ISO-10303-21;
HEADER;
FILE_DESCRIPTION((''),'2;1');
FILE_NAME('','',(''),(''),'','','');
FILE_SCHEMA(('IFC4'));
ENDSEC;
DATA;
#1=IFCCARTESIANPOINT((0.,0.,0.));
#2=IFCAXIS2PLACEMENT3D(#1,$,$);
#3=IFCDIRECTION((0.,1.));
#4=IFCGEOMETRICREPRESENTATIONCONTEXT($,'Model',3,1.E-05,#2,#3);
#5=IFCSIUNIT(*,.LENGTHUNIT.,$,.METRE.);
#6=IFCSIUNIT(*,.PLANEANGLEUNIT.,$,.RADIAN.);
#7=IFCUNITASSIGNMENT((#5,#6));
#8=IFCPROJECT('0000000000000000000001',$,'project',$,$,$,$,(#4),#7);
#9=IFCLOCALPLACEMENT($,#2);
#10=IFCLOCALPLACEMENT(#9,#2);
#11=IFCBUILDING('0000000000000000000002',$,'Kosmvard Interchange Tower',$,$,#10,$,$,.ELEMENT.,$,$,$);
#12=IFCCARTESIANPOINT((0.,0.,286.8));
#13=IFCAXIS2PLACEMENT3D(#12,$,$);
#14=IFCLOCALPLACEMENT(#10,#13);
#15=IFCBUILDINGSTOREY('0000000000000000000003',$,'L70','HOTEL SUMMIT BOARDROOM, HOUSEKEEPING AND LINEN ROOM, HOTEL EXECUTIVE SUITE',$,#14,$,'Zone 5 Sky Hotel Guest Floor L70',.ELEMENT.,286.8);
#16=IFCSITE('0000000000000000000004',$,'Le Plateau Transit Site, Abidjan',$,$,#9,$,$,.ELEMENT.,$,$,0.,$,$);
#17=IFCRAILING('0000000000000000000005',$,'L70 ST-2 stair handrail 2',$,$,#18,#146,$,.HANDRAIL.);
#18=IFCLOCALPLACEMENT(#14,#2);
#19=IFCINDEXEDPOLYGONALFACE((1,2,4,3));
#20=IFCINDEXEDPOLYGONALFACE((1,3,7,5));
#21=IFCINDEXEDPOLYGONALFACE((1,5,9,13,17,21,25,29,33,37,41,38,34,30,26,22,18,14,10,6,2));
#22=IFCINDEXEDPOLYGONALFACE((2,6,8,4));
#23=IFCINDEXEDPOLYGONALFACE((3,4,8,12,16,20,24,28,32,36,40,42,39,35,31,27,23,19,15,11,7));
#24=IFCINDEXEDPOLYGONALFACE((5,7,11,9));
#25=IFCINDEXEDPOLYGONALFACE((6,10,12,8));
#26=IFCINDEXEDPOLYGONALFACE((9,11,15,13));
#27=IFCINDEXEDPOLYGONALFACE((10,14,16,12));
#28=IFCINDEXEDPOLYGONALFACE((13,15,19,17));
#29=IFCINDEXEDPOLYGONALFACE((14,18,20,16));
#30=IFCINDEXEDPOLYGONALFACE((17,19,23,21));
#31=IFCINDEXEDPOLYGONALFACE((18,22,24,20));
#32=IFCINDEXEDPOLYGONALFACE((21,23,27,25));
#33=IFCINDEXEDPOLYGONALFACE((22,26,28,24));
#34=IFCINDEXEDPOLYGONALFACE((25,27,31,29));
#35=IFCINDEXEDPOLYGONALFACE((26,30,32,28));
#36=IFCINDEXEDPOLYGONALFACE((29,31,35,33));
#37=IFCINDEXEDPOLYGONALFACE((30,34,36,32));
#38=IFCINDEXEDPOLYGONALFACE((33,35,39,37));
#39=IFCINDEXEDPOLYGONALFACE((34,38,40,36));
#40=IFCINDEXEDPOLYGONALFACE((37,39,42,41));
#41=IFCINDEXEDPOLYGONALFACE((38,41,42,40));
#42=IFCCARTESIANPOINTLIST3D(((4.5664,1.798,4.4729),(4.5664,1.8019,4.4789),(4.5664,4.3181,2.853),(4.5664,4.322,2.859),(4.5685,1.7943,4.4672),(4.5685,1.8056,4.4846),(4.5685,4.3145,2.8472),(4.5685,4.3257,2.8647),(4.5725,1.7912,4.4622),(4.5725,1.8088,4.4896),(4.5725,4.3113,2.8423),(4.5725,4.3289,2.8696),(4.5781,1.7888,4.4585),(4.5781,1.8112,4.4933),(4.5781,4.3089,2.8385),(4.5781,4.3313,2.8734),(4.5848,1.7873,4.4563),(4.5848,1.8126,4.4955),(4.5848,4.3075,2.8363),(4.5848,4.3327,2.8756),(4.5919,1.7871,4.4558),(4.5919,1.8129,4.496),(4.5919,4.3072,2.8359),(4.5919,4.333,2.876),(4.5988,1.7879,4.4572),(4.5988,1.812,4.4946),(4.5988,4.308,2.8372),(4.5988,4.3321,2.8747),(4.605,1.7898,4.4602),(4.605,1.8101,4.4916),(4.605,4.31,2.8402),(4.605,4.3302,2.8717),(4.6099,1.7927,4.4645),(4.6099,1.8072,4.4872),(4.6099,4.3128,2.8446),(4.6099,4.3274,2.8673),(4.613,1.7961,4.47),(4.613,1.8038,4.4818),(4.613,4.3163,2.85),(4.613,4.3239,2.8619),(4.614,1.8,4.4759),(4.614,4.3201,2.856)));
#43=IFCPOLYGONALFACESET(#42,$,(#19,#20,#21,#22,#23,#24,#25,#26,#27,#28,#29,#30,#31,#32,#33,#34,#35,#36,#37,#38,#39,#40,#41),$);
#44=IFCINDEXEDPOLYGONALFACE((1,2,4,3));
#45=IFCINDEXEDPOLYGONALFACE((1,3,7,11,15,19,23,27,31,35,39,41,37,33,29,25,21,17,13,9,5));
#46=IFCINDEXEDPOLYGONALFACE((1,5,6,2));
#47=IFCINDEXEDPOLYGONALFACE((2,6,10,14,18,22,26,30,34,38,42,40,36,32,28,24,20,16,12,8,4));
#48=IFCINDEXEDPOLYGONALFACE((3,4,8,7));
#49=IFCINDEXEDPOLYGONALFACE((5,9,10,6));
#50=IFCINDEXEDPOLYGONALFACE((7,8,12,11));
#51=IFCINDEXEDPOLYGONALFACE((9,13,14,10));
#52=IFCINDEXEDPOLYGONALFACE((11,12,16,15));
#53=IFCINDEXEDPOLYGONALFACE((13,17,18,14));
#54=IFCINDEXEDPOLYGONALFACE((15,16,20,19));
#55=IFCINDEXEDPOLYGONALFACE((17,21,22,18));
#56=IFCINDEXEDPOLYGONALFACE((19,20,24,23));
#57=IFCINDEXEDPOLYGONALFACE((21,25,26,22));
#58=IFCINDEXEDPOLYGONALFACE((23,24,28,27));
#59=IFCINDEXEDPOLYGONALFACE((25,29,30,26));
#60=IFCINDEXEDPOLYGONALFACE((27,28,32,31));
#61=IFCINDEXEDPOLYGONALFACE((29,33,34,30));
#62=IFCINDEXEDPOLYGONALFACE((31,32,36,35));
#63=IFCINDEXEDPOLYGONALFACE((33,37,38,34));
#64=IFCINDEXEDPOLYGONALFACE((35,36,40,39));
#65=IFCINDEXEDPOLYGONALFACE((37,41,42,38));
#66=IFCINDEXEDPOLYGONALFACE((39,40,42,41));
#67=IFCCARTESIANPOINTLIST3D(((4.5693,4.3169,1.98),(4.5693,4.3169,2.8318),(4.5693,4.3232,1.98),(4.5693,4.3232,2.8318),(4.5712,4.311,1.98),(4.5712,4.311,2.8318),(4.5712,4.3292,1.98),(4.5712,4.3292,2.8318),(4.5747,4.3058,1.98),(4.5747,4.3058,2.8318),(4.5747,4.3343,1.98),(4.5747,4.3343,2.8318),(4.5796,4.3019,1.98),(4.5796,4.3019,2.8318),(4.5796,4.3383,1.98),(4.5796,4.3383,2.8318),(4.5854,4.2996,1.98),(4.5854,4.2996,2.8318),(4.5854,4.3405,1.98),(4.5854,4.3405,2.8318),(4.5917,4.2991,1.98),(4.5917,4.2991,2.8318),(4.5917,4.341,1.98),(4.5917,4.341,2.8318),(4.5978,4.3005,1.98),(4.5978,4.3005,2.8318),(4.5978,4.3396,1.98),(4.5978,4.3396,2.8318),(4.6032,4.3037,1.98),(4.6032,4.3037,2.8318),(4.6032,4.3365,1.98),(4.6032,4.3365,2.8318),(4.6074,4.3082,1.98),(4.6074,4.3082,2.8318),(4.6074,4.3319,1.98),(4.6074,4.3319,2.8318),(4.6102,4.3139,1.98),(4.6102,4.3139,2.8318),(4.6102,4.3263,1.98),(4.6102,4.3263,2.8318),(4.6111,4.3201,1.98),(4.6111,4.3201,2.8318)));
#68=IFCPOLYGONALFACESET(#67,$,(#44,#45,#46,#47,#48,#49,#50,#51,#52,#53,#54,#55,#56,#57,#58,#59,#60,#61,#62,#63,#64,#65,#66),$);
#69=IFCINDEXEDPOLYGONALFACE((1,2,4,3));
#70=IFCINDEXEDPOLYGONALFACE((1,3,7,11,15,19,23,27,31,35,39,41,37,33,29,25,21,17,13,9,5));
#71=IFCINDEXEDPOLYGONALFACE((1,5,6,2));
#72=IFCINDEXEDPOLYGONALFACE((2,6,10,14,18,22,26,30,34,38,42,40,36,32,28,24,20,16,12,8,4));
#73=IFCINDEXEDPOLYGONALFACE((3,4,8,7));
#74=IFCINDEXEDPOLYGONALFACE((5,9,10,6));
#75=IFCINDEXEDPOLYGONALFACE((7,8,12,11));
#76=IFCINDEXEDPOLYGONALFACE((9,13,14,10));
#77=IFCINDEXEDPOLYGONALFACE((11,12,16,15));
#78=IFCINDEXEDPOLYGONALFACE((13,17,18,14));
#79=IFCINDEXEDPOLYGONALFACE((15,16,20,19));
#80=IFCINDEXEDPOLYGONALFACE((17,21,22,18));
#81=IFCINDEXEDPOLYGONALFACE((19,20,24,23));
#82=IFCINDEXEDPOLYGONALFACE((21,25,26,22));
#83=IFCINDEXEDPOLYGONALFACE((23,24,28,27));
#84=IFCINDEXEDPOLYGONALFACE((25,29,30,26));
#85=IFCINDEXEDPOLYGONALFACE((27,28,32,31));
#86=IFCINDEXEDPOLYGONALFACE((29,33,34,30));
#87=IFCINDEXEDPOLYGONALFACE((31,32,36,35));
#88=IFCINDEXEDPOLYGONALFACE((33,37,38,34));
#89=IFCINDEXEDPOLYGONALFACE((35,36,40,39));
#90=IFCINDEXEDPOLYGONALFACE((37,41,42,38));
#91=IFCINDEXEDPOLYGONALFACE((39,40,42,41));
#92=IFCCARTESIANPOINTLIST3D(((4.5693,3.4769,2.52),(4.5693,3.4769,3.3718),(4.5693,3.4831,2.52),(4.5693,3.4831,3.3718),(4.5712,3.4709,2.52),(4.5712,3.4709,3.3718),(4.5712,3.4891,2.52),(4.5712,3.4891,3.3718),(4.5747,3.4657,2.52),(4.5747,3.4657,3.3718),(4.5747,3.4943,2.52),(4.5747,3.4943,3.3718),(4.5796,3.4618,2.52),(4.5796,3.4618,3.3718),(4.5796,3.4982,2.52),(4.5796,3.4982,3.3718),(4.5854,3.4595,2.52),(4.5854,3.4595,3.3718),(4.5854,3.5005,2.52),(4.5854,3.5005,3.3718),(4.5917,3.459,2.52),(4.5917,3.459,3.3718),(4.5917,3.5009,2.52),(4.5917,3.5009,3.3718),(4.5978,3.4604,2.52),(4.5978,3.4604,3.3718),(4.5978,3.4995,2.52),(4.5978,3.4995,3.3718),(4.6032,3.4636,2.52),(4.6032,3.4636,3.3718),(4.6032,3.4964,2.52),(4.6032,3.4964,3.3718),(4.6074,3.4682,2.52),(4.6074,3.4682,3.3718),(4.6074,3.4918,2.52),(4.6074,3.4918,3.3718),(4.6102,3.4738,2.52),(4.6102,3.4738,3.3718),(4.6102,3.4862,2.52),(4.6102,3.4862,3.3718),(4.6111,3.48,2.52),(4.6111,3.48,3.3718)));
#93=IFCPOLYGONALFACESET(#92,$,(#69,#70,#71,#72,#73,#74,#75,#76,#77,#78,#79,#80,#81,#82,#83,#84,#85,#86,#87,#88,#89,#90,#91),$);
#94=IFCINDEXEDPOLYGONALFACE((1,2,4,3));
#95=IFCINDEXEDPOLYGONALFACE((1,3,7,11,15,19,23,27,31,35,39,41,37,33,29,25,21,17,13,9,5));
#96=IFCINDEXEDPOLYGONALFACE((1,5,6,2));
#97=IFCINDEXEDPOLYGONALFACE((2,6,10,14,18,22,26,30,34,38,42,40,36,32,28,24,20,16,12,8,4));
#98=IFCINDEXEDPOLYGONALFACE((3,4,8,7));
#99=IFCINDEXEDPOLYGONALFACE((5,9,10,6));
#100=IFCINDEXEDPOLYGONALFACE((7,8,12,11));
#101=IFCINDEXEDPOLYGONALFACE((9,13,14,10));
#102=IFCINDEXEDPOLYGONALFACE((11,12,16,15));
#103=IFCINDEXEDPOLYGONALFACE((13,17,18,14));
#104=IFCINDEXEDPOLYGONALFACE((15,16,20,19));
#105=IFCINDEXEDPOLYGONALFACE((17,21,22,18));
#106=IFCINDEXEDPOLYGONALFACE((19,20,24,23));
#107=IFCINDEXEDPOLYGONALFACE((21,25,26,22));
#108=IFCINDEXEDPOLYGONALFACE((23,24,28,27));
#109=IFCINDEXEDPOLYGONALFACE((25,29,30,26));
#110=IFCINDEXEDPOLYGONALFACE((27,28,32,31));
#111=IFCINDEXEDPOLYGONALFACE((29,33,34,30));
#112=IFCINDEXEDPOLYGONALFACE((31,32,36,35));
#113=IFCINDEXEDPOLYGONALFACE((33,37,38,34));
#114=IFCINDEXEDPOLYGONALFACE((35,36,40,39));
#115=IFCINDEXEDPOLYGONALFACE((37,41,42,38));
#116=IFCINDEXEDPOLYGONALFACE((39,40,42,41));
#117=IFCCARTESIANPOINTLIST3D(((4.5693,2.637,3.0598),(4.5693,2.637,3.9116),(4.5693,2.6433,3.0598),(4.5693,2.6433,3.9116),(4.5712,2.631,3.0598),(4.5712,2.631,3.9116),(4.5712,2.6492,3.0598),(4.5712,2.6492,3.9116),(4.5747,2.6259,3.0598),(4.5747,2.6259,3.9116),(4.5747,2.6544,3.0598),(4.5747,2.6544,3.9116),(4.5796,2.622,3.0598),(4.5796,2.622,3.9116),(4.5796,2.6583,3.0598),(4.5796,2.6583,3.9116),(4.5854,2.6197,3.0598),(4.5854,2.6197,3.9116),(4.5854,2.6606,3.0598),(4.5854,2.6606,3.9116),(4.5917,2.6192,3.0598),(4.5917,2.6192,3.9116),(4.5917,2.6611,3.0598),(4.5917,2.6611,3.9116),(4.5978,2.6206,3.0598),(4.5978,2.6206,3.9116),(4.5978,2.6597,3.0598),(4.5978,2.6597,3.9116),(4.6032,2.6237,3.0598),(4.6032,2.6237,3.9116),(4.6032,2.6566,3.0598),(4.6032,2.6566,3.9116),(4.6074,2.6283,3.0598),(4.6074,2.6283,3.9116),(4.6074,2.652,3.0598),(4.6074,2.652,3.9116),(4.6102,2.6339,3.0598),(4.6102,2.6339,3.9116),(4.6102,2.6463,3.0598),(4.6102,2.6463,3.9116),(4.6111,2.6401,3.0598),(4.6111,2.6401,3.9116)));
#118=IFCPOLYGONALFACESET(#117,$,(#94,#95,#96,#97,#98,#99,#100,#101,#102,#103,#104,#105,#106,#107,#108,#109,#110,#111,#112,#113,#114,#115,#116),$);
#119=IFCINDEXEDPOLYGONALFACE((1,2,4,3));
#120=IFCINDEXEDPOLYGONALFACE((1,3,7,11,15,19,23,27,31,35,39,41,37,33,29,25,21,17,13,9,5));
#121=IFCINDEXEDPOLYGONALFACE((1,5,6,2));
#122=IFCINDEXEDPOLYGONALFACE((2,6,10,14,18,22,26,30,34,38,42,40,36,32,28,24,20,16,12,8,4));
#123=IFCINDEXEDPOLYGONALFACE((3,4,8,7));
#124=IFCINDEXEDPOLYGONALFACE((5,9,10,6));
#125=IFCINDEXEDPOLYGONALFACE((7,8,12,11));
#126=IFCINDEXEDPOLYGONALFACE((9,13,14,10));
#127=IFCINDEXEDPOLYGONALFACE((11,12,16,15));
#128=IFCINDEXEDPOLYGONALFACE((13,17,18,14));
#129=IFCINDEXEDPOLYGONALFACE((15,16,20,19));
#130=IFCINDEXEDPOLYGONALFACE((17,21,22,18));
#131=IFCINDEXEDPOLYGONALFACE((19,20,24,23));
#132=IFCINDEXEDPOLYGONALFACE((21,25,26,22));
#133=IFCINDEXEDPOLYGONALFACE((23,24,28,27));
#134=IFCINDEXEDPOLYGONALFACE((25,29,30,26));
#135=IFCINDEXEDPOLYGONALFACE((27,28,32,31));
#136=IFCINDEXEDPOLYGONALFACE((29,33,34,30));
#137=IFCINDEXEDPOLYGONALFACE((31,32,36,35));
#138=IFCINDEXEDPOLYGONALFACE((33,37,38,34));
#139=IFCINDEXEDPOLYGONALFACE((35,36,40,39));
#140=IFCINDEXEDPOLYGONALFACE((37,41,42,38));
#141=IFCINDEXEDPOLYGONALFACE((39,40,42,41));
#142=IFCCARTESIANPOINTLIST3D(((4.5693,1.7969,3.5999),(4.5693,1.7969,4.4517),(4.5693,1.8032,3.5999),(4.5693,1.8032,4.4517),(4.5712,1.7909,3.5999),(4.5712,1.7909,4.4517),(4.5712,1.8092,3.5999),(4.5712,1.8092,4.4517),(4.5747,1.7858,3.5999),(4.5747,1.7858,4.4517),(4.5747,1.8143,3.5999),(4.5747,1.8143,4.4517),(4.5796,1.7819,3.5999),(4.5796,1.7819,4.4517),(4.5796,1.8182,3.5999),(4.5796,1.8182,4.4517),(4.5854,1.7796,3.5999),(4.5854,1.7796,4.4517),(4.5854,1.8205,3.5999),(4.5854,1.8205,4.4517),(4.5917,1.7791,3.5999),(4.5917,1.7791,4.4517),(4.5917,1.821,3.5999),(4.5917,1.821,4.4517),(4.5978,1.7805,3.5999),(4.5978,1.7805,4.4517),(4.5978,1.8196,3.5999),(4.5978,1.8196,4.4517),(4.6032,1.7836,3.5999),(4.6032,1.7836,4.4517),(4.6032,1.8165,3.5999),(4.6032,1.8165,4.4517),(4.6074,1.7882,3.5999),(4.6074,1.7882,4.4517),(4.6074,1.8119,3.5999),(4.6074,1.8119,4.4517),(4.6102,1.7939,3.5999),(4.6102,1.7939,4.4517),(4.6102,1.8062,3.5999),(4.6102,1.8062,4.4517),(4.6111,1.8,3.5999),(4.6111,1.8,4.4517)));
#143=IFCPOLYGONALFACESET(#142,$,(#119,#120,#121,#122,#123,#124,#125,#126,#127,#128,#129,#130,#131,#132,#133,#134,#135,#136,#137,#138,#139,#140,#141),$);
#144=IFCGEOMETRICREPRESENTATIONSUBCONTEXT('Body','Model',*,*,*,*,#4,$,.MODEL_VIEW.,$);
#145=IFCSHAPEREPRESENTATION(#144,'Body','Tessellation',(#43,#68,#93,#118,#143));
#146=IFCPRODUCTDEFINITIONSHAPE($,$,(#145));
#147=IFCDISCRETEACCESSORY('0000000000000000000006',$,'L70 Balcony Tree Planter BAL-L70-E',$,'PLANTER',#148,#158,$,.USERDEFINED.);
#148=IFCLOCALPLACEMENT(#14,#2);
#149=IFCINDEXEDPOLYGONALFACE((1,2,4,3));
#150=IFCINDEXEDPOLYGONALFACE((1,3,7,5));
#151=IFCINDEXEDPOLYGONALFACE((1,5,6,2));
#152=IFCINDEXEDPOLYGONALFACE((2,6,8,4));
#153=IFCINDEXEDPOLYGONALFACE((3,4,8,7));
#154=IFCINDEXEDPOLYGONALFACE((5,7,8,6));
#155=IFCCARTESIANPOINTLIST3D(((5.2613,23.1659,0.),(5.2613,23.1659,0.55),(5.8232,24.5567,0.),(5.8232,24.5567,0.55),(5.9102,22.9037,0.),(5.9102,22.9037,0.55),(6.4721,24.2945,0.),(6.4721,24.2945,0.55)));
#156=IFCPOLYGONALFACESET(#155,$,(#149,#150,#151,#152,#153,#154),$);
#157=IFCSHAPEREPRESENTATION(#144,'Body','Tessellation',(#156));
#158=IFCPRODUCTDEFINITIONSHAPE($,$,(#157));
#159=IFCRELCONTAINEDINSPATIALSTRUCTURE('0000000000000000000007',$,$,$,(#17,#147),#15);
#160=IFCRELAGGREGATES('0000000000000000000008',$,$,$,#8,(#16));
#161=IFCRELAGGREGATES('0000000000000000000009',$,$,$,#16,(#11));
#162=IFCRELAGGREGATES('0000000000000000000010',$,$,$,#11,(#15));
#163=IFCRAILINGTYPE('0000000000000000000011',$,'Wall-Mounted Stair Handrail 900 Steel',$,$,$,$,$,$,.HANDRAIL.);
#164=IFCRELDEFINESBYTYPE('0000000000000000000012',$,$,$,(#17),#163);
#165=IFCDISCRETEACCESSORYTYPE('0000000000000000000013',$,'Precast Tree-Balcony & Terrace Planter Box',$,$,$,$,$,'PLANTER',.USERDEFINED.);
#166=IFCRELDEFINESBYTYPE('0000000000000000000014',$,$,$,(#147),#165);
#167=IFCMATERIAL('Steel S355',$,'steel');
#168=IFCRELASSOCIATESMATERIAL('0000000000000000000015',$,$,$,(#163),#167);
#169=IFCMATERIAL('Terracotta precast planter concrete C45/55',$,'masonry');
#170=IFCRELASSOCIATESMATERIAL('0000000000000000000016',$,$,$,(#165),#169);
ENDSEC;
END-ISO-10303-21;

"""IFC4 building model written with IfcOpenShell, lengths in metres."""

from ifc_helpers import new_model, si_unit, direction, frame, origin, origin_2d, place, context, subcontext, project, spatial, rectangle, circle, extrude, source, transform, mapped, material, type_object, element, save


model = new_model("IFC4")

# Units and contexts
model_context = context("Model", 3, precision=1e-05, world=origin(), true_north=direction((0.0, 1.0)))
body_context = subcontext(model_context, "Body", "Model", "MODEL_VIEW")
ifc_project = project(units=[si_unit("LENGTHUNIT", "METRE"), si_unit("PLANEANGLEUNIT", "RADIAN")], contexts=[model_context])

# Site, building, storey
site_placement = place(None, origin())
site = spatial("IfcSite", under=ifc_project, at=site_placement, Name="Le Plateau Transit Site, Abidjan", CompositionType="ELEMENT", RefElevation=0.0)
building_placement = place(site_placement, origin())
building = spatial("IfcBuilding", under=site, at=building_placement, Name="Kosmvard Interchange Tower", CompositionType="ELEMENT")
storey_placement = place(building_placement, frame((0.0, 0.0, 286.8)))
storey = spatial("IfcBuildingStorey", under=building, at=storey_placement, Name="L70", Description="HOTEL SUMMIT BOARDROOM, HOUSEKEEPING AND LINEN ROOM, HOTEL EXECUTIVE SUITE", LongName="Zone 5 Sky Hotel Guest Floor L70", CompositionType="ELEMENT", Elevation=286.8)

# Shared definitions
ifc_material_1 = material(Name="Steel S355", Category="steel")

# Railing
railing_type_1 = type_object("IfcRailingType", Name="Wall-Mounted Stair Handrail 900 Steel", PredefinedType="HANDRAIL", material=ifc_material_1)
shared_shape_1 = source(origin(), body_context, "Body", "SweptSolid", [
    extrude(circle(Radius=0.0239, at=origin_2d()), frame((0.0, 0.0, 0.876), z_axis=(0.0, -0.8412, 0.540725), x_axis=(1.0, 0.0, 0.0)), (0.0, 0.0, 1.0), 2.9958),
    extrude(circle(Radius=0.021, at=origin_2d()), origin(), (0.0, 0.0, 1.0), 0.8518),
    extrude(circle(Radius=0.021, at=origin_2d()), frame((0.0, -0.8401, 0.54)), (0.0, 0.0, 1.0), 0.8518),
    extrude(circle(Radius=0.021, at=origin_2d()), frame((0.0, -1.6799, 1.0798)), (0.0, 0.0, 1.0), 0.8518),
    extrude(circle(Radius=0.021, at=origin_2d()), frame((0.0, -2.52, 1.6199)), (0.0, 0.0, 1.0), 0.8518),
])
railing_1_placement = place(storey_placement, frame((4.5901, 4.3201, 1.98)))
element("IfcRailing", 1, at=railing_1_placement, inside=storey, type_object=railing_type_1, Name="L70 ST-2 stair handrail 2", PredefinedType="HANDRAIL", context=body_context, shape_type="MappedRepresentation", body=[
    mapped(shared_shape_1, transform((0.0, 0.0, 0.0), scale=1.0)),
])

# Discrete accessory
ifc_material_2 = material(Name="Terracotta precast planter concrete C45/55", Category="masonry")
discrete_accessory_type = type_object("IfcDiscreteAccessoryType", Name="Precast Tree-Balcony & Terrace Planter Box", ElementType="PLANTER", PredefinedType="USERDEFINED", material=ifc_material_2)
shared_shape_2 = source(origin(), body_context, "Body", "SweptSolid", [
    extrude(rectangle(XDim=1.5, YDim=0.7, at=origin_2d()), origin(), (0.0, 0.0, 1.0), 0.55),
])
discrete_accessory_placement = place(storey_placement, frame((5.8667, 23.7302, 0.0), z_axis=(0.0, 0.0, 1.0), x_axis=(0.374607, 0.927184, 0.0)))
element("IfcDiscreteAccessory", 2, at=discrete_accessory_placement, inside=storey, type_object=discrete_accessory_type, Name="L70 Balcony Tree Planter BAL-L70-E", ObjectType="PLANTER", PredefinedType="USERDEFINED", context=body_context, shape_type="MappedRepresentation", body=[
    mapped(shared_shape_2, transform((0.0, 0.0, 0.0), scale=1.0)),
])

save(model, "model.ifc")
